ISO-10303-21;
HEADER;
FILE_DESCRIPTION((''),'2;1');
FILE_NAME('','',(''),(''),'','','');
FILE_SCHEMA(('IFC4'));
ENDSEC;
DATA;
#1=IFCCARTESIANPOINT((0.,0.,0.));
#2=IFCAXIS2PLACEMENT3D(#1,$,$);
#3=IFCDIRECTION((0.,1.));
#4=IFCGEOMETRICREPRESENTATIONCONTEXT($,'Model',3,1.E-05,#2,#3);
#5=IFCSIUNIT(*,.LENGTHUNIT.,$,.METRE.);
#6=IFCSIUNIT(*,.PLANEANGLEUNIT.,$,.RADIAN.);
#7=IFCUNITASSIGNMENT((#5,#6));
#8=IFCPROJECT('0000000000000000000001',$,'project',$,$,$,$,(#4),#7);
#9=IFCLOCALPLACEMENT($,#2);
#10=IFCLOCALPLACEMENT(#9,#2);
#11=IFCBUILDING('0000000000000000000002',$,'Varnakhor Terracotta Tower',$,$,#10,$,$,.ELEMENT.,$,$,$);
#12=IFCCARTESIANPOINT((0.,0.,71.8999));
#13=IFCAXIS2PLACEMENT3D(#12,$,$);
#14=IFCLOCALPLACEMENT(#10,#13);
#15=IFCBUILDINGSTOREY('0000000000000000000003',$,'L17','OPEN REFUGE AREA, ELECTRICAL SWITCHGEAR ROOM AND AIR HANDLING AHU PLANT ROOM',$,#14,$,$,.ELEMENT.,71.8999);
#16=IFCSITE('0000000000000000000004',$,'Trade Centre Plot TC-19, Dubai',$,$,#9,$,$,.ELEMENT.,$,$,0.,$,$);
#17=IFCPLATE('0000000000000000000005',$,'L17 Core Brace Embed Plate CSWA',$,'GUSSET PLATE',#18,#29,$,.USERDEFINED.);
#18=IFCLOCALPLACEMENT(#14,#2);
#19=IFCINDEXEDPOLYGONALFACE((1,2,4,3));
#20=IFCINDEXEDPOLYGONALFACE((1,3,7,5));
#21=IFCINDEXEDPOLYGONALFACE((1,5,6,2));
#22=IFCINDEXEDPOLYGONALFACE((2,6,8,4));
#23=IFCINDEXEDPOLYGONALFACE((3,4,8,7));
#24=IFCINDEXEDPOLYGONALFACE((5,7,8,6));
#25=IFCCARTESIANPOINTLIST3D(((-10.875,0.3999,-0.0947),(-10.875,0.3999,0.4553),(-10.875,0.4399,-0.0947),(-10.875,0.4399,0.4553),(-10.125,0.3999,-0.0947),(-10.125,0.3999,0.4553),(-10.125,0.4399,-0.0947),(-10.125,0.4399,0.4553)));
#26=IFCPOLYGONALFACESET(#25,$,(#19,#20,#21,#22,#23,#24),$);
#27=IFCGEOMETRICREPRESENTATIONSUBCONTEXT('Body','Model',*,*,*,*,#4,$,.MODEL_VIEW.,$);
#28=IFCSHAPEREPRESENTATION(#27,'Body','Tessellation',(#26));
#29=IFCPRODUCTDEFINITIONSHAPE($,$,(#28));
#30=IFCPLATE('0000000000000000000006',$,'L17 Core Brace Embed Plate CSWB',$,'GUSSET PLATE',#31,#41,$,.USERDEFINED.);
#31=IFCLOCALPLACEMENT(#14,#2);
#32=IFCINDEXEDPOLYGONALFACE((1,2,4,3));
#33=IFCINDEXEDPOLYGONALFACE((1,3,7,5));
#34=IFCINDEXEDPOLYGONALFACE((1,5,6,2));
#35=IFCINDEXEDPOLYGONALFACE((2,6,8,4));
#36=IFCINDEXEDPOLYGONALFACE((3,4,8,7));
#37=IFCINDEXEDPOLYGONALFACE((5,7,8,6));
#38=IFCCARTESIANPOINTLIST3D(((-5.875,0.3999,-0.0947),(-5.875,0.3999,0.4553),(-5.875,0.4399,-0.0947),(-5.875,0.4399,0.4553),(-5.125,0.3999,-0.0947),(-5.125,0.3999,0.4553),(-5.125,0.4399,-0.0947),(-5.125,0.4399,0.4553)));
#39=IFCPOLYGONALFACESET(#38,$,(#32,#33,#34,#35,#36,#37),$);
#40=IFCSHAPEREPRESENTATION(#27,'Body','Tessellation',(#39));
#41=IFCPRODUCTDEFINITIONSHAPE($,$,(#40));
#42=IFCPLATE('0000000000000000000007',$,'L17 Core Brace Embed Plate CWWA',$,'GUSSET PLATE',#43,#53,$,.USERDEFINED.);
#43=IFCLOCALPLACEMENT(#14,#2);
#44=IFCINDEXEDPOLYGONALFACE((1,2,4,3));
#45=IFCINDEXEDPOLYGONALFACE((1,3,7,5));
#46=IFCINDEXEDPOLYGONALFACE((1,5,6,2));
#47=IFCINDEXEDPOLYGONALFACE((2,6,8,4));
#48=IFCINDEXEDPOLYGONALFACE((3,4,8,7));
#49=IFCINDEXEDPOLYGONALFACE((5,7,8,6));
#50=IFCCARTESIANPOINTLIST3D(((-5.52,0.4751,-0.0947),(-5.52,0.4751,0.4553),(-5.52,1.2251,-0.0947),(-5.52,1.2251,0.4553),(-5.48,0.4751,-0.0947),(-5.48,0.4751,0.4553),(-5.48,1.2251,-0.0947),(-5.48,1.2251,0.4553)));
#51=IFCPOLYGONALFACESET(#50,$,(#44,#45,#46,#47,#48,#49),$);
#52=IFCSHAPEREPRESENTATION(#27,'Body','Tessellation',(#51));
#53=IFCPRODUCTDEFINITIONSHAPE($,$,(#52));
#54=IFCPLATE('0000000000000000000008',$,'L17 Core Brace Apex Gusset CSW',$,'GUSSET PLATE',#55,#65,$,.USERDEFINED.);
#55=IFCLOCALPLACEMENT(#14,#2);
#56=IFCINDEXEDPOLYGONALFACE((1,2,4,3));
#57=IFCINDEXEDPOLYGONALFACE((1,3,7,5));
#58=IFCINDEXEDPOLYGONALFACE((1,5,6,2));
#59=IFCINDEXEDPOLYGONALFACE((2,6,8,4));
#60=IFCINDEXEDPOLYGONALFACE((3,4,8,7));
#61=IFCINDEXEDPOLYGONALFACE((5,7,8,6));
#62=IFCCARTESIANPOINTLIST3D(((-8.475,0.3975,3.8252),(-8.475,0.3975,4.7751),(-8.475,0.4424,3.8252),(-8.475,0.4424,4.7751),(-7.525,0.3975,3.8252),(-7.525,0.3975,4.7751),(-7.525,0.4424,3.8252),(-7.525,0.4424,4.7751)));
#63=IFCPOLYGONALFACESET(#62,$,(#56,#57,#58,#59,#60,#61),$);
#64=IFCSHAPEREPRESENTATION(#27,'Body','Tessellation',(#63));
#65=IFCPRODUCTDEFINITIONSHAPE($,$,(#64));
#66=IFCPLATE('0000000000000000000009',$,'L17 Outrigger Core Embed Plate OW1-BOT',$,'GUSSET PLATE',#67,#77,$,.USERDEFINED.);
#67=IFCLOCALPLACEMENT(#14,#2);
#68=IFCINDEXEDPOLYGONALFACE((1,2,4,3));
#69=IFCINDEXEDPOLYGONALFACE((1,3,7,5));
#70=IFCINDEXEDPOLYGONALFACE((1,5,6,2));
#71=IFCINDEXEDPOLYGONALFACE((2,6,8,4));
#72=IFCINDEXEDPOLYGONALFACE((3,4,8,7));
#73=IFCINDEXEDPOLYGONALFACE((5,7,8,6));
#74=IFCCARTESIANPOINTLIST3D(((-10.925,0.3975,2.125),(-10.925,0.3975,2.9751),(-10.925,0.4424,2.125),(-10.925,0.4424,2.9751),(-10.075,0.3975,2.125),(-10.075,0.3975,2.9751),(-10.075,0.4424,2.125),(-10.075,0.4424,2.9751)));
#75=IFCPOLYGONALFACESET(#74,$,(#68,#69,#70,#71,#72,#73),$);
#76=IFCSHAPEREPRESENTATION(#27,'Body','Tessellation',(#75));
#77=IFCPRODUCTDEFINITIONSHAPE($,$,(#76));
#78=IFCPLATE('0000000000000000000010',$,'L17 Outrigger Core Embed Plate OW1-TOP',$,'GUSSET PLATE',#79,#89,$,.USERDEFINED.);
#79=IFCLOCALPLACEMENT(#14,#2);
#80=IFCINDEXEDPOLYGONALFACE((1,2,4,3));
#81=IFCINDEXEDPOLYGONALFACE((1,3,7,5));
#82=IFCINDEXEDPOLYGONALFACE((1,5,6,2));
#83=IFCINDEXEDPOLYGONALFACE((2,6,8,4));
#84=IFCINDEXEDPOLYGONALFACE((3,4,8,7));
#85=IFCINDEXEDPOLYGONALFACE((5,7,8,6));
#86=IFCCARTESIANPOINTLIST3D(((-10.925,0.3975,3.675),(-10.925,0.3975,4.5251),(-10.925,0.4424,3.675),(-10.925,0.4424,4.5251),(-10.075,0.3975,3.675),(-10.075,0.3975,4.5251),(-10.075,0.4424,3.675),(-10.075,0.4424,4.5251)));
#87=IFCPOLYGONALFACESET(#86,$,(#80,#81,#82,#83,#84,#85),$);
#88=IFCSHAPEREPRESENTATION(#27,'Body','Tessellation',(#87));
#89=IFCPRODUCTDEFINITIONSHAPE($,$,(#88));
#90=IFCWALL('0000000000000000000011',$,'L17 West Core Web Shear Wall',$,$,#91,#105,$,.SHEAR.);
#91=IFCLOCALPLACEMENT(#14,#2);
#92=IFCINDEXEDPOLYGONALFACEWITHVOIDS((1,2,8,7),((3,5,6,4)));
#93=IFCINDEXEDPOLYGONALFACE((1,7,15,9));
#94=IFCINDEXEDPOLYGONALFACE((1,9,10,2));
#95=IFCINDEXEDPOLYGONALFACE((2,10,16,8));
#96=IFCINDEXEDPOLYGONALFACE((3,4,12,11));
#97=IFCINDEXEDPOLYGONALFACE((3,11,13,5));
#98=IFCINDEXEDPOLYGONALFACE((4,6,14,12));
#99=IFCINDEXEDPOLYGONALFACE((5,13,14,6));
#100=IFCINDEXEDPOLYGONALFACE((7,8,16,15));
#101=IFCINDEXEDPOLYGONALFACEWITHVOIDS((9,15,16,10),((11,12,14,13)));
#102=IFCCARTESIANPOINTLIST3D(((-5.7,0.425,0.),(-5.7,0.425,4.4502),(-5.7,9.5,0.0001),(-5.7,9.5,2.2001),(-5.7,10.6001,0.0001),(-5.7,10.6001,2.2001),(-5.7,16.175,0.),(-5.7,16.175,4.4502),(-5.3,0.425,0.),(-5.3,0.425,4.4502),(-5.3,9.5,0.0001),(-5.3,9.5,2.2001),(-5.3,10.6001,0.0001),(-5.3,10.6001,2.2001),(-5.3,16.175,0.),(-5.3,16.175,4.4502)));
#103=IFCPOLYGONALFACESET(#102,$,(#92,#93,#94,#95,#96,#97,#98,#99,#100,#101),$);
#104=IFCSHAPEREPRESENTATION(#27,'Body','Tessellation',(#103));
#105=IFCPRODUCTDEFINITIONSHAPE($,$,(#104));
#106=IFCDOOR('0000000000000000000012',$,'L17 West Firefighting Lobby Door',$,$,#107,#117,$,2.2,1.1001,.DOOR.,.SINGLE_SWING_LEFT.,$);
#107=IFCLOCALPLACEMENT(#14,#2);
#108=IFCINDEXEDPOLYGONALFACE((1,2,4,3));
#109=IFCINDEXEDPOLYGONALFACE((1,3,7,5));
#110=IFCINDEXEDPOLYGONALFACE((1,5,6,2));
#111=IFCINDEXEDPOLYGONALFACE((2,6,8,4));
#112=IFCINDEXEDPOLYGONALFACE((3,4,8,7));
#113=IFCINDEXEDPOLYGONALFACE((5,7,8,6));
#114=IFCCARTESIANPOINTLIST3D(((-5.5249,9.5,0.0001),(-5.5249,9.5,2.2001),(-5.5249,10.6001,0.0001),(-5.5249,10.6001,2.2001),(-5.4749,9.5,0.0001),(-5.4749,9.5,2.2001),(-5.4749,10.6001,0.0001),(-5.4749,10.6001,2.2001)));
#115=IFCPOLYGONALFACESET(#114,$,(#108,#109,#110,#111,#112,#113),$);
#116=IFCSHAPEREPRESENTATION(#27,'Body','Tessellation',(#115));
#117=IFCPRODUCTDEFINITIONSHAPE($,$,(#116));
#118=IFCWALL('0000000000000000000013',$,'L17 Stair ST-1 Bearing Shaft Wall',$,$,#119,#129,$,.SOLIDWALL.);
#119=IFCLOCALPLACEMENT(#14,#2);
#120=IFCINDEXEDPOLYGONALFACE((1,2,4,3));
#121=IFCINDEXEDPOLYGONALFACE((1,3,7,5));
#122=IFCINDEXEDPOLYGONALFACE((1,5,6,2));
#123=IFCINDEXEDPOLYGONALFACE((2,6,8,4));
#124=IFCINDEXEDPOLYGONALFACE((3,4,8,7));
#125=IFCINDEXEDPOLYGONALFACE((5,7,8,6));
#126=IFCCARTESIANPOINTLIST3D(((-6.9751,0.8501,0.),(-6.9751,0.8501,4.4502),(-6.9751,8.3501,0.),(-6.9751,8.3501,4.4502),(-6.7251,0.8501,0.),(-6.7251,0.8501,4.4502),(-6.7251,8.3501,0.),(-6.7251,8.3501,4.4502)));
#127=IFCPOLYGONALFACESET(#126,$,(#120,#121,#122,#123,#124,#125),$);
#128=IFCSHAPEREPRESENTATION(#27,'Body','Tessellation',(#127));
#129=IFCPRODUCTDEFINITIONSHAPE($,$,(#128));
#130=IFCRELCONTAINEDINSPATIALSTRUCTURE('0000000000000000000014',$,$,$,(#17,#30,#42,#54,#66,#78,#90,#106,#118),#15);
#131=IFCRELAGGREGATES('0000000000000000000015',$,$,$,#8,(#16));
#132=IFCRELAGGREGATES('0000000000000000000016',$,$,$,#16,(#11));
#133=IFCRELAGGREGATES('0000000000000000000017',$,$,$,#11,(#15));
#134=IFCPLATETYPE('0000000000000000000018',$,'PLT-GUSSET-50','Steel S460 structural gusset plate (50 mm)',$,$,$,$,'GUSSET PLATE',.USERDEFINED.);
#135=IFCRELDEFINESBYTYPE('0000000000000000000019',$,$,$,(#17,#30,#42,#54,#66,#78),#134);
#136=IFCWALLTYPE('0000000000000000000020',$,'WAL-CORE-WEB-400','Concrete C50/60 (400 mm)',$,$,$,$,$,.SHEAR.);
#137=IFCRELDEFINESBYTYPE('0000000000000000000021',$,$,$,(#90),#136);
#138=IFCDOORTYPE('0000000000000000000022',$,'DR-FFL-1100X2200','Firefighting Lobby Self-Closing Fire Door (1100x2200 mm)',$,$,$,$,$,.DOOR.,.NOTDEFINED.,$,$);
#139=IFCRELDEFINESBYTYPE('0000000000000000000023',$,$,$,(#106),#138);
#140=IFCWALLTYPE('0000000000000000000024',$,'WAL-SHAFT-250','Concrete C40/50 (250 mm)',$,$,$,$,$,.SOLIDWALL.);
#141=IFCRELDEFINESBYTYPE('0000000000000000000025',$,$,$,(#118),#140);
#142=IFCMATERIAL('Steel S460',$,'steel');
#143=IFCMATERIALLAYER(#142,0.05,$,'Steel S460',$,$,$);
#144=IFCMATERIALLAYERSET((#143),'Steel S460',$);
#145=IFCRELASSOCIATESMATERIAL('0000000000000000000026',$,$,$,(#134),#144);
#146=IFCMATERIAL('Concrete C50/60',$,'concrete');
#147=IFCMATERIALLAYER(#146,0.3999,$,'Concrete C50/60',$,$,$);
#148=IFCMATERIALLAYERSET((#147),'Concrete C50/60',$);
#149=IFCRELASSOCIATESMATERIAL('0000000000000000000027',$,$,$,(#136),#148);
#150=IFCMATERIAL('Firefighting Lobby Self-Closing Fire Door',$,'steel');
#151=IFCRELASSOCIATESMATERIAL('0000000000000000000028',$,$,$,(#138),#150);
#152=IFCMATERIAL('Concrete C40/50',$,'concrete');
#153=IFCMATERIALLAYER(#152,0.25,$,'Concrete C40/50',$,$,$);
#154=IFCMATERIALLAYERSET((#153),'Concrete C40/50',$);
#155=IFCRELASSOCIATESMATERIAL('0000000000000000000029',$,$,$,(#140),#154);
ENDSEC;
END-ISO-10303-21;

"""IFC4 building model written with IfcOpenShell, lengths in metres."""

from ifc_helpers import new_model, si_unit, direction, frame, frame_2d, origin, origin_2d, place, context, subcontext, project, spatial, rectangle, extrude, source, transform, mapped, material, layer, layer_set, type_object, type_shapes, element, fill, save


model = new_model("IFC4")

# Units and contexts
model_context = context("Model", 3, precision=1e-05, world=origin(), true_north=direction((0.0, 1.0)))
body_context = subcontext(model_context, "Body", "Model", "MODEL_VIEW")
ifc_project = project(units=[si_unit("LENGTHUNIT", "METRE"), si_unit("PLANEANGLEUNIT", "RADIAN")], contexts=[model_context])

# Site, building, storey
site_placement = place(None, origin())
site = spatial("IfcSite", under=ifc_project, at=site_placement, Name="Trade Centre Plot TC-19, Dubai", CompositionType="ELEMENT", RefElevation=0.0)
building_placement = place(site_placement, origin())
building = spatial("IfcBuilding", under=site, at=building_placement, Name="Varnakhor Terracotta Tower", CompositionType="ELEMENT")
storey_placement = place(building_placement, frame((0.0, 0.0, 71.8999)))
storey = spatial("IfcBuildingStorey", under=building, at=storey_placement, Name="L17", Description="OPEN REFUGE AREA, ELECTRICAL SWITCHGEAR ROOM AND AIR HANDLING AHU PLANT ROOM", CompositionType="ELEMENT", Elevation=71.8999)

# Shared definitions
ifc_material_1 = material(Name="Concrete C50/60", Category="concrete")

# Shared definitions
ifc_material_2 = material(Name="Steel S460", Category="steel")

# Plates
ifc_layer_1 = layer(ifc_material_2, 0.05, Name="Steel S460")
ifc_layer_set_1 = layer_set([ifc_layer_1], Name="Steel S460")
plate_type = type_object("IfcPlateType", Name="PLT-GUSSET-50", Description="Steel S460 structural gusset plate (50 mm)", ElementType="GUSSET PLATE", PredefinedType="USERDEFINED", material=ifc_layer_set_1)
shared_shape_1 = source(origin(), body_context, "Body", "SweptSolid", [
    extrude(rectangle(XDim=0.75, YDim=0.04, at=origin_2d()), origin(), (0.0, 0.0, 1.0), 0.55),
])
type_shapes(plate_type, [shared_shape_1])
for number, where, z_axis, x_axis, name in (
    (1, (-10.5, 0.4199, -0.0947), (0.0, 0.0, 1.0), (1.0, 0.0, 0.0), "L17 Core Brace Embed Plate CSWA"),
    (2, (-5.5, 0.4199, -0.0947), (0.0, 0.0, 1.0), (1.0, 0.0, 0.0), "L17 Core Brace Embed Plate CSWB"),
    (3, (-5.5, 0.8501, -0.0947), (0.0, 0.0, 1.0), (0.0, 1.0, 0.0), "L17 Core Brace Embed Plate CWWA"),
):
    element("IfcPlate", number, at=place(storey_placement, frame(where, z_axis=z_axis, x_axis=x_axis)), inside=storey, type_object=plate_type, Name=name, ObjectType="GUSSET PLATE", PredefinedType="USERDEFINED", context=body_context, shape_type="MappedRepresentation", body=[
        mapped(shared_shape_1, transform((0.0, 0.0, 0.0), scale=1.0)),
    ])
shared_shape_2 = source(origin(), body_context, "Body", "SweptSolid", [
    extrude(rectangle(XDim=0.95, YDim=0.0449, at=origin_2d()), origin(), (0.0, 0.0, 1.0), 0.95),
])
plate_placement = place(storey_placement, frame((-8.0, 0.4199, 3.8252), z_axis=(0.0, 0.0, 1.0), x_axis=(1.0, 0.0, 0.0)))
element("IfcPlate", 4, at=plate_placement, inside=storey, type_object=plate_type, Name="L17 Core Brace Apex Gusset CSW", ObjectType="GUSSET PLATE", PredefinedType="USERDEFINED", context=body_context, shape_type="MappedRepresentation", body=[
    mapped(shared_shape_2, transform((0.0, 0.0, 0.0), scale=1.0)),
])
shared_shape_3 = source(origin(), body_context, "Body", "SweptSolid", [
    extrude(rectangle(XDim=0.8501, YDim=0.0449, at=origin_2d()), origin(), (0.0, 0.0, 1.0), 0.8501),
])
for number, where, z_axis, x_axis, name in (
    (5, (-10.5, 0.4199, 2.125), (0.0, 0.0, 1.0), (1.0, 0.0, 0.0), "L17 Outrigger Core Embed Plate OW1-BOT"),
    (6, (-10.5, 0.4199, 3.675), (0.0, 0.0, 1.0), (1.0, 0.0, 0.0), "L17 Outrigger Core Embed Plate OW1-TOP"),
):
    element("IfcPlate", number, at=place(storey_placement, frame(where, z_axis=z_axis, x_axis=x_axis)), inside=storey, type_object=plate_type, Name=name, ObjectType="GUSSET PLATE", PredefinedType="USERDEFINED", context=body_context, shape_type="MappedRepresentation", body=[
        mapped(shared_shape_3, transform((0.0, 0.0, 0.0), scale=1.0)),
    ])

# Wall, opening, door
ifc_layer_2 = layer(ifc_material_1, 0.3999, Name="Concrete C50/60")
ifc_layer_set_2 = layer_set([ifc_layer_2], Name="Concrete C50/60")
wall_type_1 = type_object("IfcWallType", Name="WAL-CORE-WEB-400", Description="Concrete C50/60 (400 mm)", PredefinedType="SHEAR", material=ifc_layer_set_2)
wall_1_placement = place(storey_placement, frame((-5.5, 0.425, 0.0), z_axis=(0.0, 0.0, 1.0), x_axis=(0.0, 1.0, 0.0)))
wall_1 = element("IfcWall", 7, at=wall_1_placement, inside=storey, type_object=wall_type_1, Name="L17 West Core Web Shear Wall", PredefinedType="SHEAR", context=body_context, shape_type="SweptSolid", body=[
    extrude(rectangle(XDim=15.75, YDim=0.3999, at=frame_2d((7.875, 0.0))), origin(), (0.0, 0.0, 1.0), 4.4502),
])
opening_placement = place(wall_1_placement, frame((9.075, 0.0, 0.0)))
opening = element("IfcOpeningElement", 8, at=opening_placement, cuts=wall_1, PredefinedType="OPENING", context=body_context, shape_type="SweptSolid", body=[
    extrude(rectangle(XDim=1.1001, YDim=2.2, at=frame_2d((0.55, 1.1001))), frame((0.0, 0.21, 0.0), z_axis=(0.0, -1.0, 0.0), x_axis=(1.0, 0.0, 0.0)), (0.0, 0.0, 1.0), 0.4199),
])
ifc_material_3 = material(Name="Firefighting Lobby Self-Closing Fire Door", Category="steel")
door_type = type_object("IfcDoorType", Name="DR-FFL-1100X2200", Description="Firefighting Lobby Self-Closing Fire Door (1100x2200 mm)", OperationType="NOTDEFINED", PredefinedType="DOOR", material=ifc_material_3)
shared_shape_4 = source(origin(), body_context, "Body", "SweptSolid", [
    extrude(rectangle(XDim=1.1001, YDim=2.2, at=frame_2d((0.55, 1.1001))), frame((0.0, 0.0249, 0.0), z_axis=(0.0, -1.0, 0.0), x_axis=(1.0, 0.0, 0.0)), (0.0, 0.0, 1.0), 0.05),
])
type_shapes(door_type, [shared_shape_4])
door_placement = place(opening_placement, origin())
door = element("IfcDoor", 9, at=door_placement, inside=storey, type_object=door_type, Name="L17 West Firefighting Lobby Door", OperationType="SINGLE_SWING_LEFT", OverallHeight=2.2, OverallWidth=1.1001, PredefinedType="DOOR", context=body_context, shape_type="MappedRepresentation", body=[
    mapped(shared_shape_4, transform((0.0, 0.0, 0.0), scale=1.0)),
])
fill(opening, door)

# Wall
ifc_material_4 = material(Name="Concrete C40/50", Category="concrete")
ifc_layer_3 = layer(ifc_material_4, 0.25, Name="Concrete C40/50")
ifc_layer_set_3 = layer_set([ifc_layer_3], Name="Concrete C40/50")
wall_type_2 = type_object("IfcWallType", Name="WAL-SHAFT-250", Description="Concrete C40/50 (250 mm)", PredefinedType="SOLIDWALL", material=ifc_layer_set_3)
wall_2_placement = place(storey_placement, frame((-6.8501, 0.8501, 0.0), z_axis=(0.0, 0.0, 1.0), x_axis=(0.0, 1.0, 0.0)))
element("IfcWall", 10, at=wall_2_placement, inside=storey, type_object=wall_type_2, Name="L17 Stair ST-1 Bearing Shaft Wall", PredefinedType="SOLIDWALL", context=body_context, shape_type="SweptSolid", body=[
    extrude(rectangle(XDim=7.5, YDim=0.25, at=frame_2d((3.75, 0.0))), origin(), (0.0, 0.0, 1.0), 4.4502),
])

save(model, "model.ifc")
